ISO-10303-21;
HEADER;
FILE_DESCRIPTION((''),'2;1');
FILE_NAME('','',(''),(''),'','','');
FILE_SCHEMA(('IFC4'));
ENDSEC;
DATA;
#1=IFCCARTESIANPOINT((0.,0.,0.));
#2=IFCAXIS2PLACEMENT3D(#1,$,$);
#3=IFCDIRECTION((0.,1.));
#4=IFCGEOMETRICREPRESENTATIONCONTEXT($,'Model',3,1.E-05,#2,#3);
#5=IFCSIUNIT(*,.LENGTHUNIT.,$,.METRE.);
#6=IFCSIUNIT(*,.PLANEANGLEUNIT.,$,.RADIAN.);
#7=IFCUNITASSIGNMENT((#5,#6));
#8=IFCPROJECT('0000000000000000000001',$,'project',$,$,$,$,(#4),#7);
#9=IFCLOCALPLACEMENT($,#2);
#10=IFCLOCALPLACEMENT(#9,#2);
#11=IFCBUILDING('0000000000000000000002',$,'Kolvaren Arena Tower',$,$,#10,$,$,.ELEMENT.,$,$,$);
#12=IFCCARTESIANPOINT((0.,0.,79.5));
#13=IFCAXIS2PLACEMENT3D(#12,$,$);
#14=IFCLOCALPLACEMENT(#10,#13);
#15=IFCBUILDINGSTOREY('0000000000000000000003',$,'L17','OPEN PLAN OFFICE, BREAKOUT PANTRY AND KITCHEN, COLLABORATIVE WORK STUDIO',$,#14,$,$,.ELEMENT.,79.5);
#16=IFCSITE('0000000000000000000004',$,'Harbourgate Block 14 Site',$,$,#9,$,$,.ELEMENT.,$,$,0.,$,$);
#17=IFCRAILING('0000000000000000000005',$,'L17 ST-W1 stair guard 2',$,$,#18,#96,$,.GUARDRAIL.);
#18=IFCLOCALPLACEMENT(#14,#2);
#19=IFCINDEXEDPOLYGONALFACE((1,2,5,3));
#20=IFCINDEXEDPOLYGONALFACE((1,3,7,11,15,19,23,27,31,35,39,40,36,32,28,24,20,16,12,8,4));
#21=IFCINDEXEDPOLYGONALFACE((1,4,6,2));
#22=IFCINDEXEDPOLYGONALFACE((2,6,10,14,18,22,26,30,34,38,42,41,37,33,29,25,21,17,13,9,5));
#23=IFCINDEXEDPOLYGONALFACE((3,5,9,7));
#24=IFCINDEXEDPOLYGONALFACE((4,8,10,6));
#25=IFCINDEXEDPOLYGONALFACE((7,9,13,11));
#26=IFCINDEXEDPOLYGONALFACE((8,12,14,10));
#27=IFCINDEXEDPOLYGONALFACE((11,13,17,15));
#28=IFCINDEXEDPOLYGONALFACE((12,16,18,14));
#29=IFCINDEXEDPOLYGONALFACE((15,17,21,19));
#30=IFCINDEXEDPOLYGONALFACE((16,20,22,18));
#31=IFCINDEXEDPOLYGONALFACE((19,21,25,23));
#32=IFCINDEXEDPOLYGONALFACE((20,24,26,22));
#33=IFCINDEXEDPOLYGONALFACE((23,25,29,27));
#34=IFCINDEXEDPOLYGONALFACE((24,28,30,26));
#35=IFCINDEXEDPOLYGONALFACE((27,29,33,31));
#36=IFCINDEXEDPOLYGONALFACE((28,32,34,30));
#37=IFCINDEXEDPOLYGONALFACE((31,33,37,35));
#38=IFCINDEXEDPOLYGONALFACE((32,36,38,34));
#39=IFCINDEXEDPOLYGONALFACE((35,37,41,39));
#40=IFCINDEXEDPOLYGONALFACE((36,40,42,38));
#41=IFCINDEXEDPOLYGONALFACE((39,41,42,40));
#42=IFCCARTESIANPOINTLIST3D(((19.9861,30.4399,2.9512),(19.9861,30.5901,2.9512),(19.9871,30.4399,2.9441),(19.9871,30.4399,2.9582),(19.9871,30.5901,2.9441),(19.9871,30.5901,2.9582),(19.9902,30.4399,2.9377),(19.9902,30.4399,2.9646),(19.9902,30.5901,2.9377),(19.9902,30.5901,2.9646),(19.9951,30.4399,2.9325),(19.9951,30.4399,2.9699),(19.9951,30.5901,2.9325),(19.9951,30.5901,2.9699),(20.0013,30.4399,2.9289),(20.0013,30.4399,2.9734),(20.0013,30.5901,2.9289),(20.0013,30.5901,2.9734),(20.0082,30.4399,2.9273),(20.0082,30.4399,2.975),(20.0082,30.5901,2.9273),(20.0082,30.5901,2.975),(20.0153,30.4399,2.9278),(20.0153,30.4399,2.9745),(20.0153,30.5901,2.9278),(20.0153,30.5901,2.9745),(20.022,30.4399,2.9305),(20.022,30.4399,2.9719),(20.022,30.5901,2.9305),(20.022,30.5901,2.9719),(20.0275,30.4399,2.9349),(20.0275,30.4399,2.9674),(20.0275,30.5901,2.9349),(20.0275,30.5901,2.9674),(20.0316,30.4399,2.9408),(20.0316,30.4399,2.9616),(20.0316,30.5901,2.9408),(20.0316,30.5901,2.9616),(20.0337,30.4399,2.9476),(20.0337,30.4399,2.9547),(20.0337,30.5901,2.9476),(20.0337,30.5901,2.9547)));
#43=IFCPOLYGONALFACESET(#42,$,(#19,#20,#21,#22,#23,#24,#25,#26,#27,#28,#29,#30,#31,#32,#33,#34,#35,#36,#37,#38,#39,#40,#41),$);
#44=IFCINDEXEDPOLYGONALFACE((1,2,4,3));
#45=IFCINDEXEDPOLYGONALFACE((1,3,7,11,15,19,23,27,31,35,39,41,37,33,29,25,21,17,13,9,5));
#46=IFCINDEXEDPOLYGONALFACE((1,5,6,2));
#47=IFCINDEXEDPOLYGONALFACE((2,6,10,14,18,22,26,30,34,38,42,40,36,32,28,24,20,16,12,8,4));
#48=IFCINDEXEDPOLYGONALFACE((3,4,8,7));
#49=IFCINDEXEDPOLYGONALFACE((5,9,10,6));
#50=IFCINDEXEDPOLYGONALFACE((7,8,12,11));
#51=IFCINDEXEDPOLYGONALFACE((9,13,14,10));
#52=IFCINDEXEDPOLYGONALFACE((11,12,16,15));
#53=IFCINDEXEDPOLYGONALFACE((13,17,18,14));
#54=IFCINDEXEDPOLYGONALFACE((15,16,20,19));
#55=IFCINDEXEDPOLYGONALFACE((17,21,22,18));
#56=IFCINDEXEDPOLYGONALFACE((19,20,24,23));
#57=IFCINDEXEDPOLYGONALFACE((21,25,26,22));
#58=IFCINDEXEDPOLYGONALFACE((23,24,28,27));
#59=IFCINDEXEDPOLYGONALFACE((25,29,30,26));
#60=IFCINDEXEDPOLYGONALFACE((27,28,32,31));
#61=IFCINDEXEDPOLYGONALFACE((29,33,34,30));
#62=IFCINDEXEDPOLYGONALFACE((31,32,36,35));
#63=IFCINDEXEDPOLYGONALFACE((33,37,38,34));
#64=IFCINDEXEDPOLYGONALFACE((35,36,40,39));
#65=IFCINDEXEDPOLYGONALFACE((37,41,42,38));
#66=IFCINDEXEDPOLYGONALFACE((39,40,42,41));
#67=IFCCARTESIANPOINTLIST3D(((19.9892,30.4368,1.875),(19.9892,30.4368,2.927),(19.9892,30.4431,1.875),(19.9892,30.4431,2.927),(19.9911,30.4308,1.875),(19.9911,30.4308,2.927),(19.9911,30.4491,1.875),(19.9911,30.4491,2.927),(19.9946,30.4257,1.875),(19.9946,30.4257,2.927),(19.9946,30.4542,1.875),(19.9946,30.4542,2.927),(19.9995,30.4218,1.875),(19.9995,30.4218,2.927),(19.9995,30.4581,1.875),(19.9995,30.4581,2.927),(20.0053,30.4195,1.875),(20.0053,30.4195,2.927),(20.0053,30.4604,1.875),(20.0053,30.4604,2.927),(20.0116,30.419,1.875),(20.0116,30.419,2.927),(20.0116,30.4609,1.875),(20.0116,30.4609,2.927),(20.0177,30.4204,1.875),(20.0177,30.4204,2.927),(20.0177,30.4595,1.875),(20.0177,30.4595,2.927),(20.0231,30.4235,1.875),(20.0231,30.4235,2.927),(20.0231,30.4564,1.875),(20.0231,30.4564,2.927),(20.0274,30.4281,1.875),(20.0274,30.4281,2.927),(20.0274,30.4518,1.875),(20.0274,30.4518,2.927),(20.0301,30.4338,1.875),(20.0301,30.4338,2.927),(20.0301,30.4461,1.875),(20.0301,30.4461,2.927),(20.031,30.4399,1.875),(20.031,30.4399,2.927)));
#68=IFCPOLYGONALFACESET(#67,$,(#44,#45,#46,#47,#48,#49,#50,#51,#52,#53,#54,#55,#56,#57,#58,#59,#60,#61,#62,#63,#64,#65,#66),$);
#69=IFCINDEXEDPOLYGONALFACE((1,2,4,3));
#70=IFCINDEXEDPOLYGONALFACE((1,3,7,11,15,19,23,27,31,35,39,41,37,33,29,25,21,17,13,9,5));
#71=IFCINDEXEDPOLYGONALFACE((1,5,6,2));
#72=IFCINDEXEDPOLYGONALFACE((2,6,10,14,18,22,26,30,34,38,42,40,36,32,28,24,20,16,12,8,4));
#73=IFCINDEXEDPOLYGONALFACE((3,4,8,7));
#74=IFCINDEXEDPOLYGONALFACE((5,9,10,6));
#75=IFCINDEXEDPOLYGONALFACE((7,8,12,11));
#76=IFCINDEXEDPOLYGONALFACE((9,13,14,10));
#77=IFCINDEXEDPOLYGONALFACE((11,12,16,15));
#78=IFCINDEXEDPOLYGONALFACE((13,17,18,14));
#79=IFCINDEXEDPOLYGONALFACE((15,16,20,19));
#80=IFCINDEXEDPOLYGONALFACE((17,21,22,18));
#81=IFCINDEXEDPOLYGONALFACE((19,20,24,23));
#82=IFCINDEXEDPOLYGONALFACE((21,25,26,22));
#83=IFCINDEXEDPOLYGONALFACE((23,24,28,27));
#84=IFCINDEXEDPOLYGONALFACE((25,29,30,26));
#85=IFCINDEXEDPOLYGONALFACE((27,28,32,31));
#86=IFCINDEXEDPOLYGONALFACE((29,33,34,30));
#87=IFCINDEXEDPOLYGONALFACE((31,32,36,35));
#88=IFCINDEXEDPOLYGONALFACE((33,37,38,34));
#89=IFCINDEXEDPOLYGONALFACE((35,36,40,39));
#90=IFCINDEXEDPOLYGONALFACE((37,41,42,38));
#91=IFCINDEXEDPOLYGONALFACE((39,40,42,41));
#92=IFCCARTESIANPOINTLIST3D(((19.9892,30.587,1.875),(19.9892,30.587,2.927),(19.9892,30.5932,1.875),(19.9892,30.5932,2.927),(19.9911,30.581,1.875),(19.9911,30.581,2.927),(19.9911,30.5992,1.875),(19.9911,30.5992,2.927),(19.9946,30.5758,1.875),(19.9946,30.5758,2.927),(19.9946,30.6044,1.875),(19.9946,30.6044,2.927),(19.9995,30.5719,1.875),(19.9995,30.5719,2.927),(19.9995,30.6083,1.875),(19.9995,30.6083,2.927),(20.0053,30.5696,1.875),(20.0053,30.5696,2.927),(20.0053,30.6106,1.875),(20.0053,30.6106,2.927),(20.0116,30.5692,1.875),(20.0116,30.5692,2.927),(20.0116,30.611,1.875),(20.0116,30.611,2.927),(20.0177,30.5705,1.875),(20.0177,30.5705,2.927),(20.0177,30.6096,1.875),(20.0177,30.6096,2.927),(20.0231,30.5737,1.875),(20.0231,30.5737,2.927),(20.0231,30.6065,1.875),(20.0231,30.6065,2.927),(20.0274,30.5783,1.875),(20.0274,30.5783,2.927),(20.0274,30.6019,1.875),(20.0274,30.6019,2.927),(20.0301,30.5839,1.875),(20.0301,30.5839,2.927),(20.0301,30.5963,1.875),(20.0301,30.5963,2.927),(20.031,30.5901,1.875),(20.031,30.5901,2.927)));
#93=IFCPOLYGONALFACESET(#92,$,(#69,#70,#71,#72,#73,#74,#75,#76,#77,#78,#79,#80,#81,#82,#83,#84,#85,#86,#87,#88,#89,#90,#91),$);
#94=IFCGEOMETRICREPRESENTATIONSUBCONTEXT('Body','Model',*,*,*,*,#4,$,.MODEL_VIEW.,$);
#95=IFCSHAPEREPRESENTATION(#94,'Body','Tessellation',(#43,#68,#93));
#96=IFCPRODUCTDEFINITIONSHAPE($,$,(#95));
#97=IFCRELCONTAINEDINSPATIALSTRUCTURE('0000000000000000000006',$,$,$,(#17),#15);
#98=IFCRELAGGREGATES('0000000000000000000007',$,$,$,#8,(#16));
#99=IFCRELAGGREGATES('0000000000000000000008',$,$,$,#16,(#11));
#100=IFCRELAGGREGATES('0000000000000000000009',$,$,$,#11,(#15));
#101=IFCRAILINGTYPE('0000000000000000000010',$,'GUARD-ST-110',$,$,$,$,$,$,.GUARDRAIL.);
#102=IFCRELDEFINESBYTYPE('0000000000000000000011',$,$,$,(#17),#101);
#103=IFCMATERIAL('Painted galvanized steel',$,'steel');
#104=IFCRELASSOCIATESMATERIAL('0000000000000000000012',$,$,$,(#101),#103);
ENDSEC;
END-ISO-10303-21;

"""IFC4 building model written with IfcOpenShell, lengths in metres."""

from ifc_helpers import new_model, si_unit, direction, frame, origin, origin_2d, place, context, subcontext, project, spatial, circle, extrude, material, type_object, element, save


model = new_model("IFC4")

# Units and contexts
model_context = context("Model", 3, precision=1e-05, world=origin(), true_north=direction((0.0, 1.0)))
body_context = subcontext(model_context, "Body", "Model", "MODEL_VIEW")
ifc_project = project(units=[si_unit("LENGTHUNIT", "METRE"), si_unit("PLANEANGLEUNIT", "RADIAN")], contexts=[model_context])

# Site, building, storey
site_placement = place(None, origin())
site = spatial("IfcSite", under=ifc_project, at=site_placement, Name="Harbourgate Block 14 Site", CompositionType="ELEMENT", RefElevation=0.0)
building_placement = place(site_placement, origin())
building = spatial("IfcBuilding", under=site, at=building_placement, Name="Kolvaren Arena Tower", CompositionType="ELEMENT")
storey_placement = place(building_placement, frame((0.0, 0.0, 79.5)))
storey = spatial("IfcBuildingStorey", under=building, at=storey_placement, Name="L17", Description="OPEN PLAN OFFICE, BREAKOUT PANTRY AND KITCHEN, COLLABORATIVE WORK STUDIO", CompositionType="ELEMENT", Elevation=79.5)

# Railing
ifc_material_1 = material(Name="Painted galvanized steel", Category="steel")
railing_type = type_object("IfcRailingType", Name="GUARD-ST-110", PredefinedType="GUARDRAIL", material=ifc_material_1)
railing_1_placement = place(storey_placement, frame((20.01, 30.4399, 1.875)))
element("IfcRailing", 1, at=railing_1_placement, inside=storey, type_object=railing_type, Name="L17 ST-W1 stair guard 2", PredefinedType="GUARDRAIL", context=body_context, shape_type="SweptSolid", body=[
    extrude(circle(Radius=0.0239, at=origin_2d()), frame((0.0, 0.0, 1.0762), z_axis=(0.0, 1.0, 0.0), x_axis=(-1.0, 0.0, 0.0)), (0.0, 0.0, 1.0), 0.1501),
    extrude(circle(Radius=0.021, at=origin_2d()), origin(), (0.0, 0.0, 1.0), 1.052),
    extrude(circle(Radius=0.021, at=origin_2d()), frame((0.0, 0.1501, 0.0)), (0.0, 0.0, 1.0), 1.052),
])

save(model, "model.ifc")
